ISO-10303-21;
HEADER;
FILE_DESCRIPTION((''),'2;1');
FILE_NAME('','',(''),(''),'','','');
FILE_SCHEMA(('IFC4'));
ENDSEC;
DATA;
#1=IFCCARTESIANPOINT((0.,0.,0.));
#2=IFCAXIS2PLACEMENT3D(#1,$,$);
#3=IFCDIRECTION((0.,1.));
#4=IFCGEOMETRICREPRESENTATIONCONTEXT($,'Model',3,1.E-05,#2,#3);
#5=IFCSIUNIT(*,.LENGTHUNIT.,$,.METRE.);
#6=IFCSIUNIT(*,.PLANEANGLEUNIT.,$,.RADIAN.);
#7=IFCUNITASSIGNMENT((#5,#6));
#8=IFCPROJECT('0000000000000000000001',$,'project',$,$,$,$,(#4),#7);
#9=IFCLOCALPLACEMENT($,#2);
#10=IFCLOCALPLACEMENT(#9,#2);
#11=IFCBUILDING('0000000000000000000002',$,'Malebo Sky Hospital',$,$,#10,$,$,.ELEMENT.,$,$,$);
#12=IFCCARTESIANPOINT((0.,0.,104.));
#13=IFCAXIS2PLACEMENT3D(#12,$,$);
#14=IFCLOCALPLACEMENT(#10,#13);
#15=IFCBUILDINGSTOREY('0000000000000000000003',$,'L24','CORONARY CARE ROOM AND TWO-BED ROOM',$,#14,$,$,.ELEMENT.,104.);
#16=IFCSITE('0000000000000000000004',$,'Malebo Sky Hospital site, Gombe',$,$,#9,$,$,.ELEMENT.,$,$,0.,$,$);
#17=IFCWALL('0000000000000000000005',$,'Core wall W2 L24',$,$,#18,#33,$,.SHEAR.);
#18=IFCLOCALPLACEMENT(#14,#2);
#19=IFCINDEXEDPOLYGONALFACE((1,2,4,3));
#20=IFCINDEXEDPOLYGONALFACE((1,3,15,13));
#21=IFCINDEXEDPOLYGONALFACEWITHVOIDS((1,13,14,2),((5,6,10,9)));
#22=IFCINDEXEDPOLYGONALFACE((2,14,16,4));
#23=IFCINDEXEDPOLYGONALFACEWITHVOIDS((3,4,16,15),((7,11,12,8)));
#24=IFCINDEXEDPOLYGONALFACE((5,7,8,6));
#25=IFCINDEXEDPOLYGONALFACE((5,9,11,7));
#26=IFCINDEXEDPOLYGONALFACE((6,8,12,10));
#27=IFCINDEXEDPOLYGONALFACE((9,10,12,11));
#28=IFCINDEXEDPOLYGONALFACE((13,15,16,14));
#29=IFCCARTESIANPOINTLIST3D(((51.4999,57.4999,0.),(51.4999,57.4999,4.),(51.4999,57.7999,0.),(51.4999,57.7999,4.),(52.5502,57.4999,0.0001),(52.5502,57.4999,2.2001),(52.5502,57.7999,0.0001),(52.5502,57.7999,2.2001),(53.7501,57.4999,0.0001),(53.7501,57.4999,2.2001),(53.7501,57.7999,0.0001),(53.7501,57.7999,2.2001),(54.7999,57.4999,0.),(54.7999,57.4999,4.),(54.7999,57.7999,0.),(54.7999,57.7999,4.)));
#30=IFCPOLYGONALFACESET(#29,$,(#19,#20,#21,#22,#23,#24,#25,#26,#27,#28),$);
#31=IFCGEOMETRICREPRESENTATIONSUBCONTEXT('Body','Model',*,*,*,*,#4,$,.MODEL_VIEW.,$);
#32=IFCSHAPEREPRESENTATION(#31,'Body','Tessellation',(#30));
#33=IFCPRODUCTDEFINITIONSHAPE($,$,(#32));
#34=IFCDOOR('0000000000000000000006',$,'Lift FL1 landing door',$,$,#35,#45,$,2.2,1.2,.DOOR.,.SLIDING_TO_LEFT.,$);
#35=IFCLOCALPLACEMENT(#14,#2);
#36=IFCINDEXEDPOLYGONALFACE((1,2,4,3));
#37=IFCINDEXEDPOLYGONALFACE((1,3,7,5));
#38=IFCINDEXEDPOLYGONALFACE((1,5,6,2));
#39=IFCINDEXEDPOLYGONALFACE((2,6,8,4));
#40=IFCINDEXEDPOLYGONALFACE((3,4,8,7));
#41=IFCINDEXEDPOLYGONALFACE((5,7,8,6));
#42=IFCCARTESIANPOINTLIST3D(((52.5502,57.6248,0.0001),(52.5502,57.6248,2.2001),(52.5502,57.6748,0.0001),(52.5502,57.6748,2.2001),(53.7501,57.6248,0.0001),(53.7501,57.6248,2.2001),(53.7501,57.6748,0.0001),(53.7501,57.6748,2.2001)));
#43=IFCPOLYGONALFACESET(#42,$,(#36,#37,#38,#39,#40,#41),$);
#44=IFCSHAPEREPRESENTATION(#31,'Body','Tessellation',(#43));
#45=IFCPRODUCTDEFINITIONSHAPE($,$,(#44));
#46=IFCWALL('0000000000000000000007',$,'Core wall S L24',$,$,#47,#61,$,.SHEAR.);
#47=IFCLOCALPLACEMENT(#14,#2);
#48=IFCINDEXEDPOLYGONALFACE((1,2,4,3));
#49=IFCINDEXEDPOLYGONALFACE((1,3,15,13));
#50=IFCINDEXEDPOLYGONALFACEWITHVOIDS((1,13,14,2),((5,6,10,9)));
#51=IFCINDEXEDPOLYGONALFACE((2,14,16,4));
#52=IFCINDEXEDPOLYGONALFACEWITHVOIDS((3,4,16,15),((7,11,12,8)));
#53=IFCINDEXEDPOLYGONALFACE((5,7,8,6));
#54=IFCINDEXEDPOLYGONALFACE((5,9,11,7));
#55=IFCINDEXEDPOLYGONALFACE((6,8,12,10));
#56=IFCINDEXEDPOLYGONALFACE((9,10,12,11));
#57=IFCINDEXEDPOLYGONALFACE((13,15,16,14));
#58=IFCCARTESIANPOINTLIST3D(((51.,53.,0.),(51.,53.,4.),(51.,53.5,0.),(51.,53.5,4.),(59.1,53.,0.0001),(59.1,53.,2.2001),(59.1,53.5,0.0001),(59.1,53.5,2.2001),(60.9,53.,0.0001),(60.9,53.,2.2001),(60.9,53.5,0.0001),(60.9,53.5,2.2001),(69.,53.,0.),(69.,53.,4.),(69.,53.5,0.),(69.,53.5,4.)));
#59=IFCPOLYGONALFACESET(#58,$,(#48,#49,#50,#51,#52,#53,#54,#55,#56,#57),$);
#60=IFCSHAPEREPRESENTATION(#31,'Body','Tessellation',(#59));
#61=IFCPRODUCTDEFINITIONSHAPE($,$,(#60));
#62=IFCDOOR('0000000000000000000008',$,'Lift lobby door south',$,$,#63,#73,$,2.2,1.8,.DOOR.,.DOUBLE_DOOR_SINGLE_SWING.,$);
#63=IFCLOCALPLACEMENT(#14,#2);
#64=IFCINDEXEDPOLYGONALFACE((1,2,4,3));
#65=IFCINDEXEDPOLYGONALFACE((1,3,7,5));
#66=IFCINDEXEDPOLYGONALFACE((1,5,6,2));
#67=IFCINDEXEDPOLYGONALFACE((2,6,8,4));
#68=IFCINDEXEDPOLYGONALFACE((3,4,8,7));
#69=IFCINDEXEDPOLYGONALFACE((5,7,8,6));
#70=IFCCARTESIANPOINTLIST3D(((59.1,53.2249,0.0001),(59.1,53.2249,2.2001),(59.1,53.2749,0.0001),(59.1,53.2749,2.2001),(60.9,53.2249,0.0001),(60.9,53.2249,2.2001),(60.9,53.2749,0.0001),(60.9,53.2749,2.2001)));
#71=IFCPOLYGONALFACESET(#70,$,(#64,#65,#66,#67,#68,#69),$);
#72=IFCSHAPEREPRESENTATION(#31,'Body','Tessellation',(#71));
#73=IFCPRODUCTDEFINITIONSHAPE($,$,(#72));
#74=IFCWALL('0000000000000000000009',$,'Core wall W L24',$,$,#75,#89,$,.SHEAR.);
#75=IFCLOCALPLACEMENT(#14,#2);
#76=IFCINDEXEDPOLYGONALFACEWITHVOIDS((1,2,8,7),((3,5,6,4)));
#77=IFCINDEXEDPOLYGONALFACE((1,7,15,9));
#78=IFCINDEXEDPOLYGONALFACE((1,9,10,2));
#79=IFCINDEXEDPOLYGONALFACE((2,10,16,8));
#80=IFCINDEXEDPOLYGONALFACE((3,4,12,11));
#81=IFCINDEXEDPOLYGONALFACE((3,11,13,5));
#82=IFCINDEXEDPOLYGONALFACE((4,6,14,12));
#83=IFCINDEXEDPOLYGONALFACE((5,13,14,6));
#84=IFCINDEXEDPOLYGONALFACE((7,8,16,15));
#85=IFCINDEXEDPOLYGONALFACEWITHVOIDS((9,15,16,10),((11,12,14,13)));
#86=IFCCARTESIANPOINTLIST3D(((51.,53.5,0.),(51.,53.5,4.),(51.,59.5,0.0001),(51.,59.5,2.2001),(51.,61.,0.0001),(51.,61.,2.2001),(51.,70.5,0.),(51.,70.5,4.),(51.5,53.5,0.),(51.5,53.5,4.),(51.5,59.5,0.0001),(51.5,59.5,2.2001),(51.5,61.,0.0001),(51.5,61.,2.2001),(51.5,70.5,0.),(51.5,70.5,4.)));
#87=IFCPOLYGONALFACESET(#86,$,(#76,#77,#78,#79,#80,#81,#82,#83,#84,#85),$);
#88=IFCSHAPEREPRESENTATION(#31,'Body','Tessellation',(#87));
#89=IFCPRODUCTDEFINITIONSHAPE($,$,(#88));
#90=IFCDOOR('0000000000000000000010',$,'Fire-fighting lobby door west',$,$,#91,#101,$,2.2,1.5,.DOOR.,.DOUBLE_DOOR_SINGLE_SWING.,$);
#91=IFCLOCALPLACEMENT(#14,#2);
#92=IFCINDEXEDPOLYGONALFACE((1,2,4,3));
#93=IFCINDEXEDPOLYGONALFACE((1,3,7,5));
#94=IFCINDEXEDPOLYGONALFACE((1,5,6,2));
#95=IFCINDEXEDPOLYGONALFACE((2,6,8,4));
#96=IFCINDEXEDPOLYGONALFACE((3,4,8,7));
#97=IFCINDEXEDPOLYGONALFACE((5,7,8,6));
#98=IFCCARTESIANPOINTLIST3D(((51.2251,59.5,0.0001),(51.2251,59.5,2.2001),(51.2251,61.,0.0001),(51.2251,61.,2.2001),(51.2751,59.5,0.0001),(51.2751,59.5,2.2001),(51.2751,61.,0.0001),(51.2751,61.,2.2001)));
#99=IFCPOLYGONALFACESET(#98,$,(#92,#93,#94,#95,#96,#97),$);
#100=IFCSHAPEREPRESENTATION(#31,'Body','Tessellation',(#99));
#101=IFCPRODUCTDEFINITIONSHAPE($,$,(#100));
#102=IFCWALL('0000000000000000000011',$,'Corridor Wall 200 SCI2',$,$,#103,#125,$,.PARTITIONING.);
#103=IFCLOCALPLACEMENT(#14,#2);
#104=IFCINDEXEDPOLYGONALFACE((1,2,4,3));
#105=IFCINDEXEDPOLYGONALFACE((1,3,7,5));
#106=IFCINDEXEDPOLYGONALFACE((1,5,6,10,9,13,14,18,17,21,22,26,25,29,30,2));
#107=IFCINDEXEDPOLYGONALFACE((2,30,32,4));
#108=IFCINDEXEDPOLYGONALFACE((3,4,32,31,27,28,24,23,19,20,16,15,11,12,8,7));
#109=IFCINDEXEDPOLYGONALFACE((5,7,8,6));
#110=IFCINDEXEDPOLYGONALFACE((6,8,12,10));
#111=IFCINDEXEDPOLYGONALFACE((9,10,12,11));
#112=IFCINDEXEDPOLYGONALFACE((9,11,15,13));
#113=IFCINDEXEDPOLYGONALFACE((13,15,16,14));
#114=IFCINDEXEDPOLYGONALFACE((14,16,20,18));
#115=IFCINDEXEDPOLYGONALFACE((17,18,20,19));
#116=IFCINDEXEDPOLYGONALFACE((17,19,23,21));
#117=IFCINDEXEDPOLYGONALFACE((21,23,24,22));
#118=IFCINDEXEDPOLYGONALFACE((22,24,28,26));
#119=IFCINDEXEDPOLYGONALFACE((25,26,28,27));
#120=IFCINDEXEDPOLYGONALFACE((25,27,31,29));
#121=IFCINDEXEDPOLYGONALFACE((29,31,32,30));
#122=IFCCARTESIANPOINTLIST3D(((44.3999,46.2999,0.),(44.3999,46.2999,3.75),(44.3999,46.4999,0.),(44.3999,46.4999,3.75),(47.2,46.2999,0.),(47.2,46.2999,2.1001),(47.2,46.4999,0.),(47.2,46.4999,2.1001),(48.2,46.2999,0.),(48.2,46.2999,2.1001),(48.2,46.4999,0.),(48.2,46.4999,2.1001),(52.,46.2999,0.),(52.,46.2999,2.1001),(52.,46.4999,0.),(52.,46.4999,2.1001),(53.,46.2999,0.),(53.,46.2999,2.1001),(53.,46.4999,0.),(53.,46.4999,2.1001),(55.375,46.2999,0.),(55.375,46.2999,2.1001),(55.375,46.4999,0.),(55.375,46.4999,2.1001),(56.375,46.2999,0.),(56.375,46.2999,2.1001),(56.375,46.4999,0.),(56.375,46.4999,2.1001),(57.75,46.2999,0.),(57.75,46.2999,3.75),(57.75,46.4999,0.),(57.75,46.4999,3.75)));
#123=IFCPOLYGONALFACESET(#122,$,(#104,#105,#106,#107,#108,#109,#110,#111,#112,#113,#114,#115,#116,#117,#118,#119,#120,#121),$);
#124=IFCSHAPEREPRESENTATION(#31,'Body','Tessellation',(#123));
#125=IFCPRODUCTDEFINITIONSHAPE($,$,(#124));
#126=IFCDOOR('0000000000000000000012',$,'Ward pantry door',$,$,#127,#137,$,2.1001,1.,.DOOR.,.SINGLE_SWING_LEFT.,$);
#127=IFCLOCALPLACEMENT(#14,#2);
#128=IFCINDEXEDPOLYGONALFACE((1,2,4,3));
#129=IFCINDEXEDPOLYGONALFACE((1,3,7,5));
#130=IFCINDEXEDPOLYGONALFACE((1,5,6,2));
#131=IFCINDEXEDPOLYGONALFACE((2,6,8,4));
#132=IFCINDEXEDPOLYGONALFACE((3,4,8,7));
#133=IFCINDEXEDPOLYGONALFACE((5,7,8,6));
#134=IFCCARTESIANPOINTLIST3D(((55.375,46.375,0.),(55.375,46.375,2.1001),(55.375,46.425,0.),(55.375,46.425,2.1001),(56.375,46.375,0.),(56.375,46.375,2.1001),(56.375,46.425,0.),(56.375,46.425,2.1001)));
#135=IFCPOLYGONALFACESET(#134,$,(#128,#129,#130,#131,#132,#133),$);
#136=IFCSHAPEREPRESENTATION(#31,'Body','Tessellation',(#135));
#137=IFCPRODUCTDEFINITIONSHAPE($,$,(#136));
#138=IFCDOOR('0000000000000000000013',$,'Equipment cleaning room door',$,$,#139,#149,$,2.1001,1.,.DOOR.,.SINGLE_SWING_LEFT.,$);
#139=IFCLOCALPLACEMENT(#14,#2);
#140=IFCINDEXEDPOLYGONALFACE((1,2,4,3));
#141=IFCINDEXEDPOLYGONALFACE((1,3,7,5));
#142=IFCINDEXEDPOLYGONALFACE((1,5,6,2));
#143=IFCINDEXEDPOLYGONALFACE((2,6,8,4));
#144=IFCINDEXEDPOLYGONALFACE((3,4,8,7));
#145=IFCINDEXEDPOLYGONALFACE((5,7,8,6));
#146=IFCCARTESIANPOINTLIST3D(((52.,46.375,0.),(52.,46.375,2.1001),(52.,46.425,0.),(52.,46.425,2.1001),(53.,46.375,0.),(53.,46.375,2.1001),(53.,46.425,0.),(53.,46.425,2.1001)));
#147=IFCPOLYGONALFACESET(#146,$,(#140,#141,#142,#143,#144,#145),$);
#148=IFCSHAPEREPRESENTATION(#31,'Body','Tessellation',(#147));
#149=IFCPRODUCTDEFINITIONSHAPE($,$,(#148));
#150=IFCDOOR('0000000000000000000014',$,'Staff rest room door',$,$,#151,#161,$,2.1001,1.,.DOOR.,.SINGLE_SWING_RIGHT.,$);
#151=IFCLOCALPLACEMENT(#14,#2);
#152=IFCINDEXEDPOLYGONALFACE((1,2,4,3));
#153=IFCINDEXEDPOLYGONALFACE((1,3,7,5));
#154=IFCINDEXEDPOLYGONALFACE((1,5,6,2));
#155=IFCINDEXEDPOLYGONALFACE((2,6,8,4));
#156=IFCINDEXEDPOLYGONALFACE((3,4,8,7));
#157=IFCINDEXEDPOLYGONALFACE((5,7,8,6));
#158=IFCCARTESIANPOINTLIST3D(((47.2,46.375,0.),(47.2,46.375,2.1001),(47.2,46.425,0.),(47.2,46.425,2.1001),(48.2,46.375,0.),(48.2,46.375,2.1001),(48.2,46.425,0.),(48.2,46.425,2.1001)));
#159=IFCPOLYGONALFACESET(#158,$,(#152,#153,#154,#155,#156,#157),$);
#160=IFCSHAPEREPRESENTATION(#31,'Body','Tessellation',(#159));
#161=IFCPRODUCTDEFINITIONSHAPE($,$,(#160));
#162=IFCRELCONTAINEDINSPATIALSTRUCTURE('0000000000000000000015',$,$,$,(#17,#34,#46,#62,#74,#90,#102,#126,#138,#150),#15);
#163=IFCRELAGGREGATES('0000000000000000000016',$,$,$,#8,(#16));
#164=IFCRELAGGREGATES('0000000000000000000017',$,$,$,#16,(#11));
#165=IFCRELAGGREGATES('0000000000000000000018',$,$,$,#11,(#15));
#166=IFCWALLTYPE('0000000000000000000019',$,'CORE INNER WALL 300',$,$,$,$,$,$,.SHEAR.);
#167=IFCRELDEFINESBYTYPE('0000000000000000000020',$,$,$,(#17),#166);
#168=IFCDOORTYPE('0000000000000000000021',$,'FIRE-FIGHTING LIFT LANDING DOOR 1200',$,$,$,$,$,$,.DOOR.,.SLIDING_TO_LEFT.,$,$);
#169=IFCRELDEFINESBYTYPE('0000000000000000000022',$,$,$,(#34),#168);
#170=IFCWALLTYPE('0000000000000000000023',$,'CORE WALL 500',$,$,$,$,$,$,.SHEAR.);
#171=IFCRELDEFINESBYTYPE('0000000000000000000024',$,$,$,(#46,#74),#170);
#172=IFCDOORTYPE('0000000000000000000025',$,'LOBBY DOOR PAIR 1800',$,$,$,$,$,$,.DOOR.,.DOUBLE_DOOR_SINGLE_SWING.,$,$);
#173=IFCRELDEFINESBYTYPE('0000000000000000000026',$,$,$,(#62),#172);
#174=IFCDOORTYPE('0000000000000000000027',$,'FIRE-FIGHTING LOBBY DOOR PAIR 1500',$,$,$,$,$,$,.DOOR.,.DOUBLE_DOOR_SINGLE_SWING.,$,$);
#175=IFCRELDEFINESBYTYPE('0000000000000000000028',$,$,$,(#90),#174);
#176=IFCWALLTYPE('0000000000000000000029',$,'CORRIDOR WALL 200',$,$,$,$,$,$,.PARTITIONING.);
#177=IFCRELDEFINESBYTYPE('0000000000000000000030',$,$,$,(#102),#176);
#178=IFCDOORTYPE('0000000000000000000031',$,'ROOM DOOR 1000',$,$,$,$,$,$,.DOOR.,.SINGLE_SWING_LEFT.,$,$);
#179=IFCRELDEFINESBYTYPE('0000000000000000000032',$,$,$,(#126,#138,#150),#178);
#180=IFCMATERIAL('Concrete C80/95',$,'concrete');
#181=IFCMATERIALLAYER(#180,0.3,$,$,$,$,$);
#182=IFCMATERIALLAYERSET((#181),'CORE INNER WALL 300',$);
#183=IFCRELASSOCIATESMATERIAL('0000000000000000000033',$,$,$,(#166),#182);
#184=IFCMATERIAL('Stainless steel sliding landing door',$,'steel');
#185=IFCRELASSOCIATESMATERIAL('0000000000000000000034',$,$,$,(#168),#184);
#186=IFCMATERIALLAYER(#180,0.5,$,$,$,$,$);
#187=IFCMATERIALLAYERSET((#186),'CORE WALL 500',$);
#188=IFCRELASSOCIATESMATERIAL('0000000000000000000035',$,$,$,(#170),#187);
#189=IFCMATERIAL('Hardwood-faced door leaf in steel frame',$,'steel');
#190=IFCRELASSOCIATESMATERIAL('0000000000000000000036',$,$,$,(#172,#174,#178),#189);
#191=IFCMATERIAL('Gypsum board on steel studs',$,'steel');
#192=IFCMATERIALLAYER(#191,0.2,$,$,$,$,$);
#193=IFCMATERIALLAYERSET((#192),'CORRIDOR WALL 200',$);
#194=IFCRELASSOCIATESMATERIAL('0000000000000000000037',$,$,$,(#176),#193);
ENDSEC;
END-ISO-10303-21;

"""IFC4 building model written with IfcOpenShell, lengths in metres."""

from ifc_helpers import new_model, si_unit, direction, frame, frame_2d, origin, place, context, subcontext, project, spatial, rectangle, extrude, material, layer, layer_set, type_object, element, fill, save


model = new_model("IFC4")

# Units and contexts
model_context = context("Model", 3, precision=1e-05, world=origin(), true_north=direction((0.0, 1.0)))
body_context = subcontext(model_context, "Body", "Model", "MODEL_VIEW")
ifc_project = project(units=[si_unit("LENGTHUNIT", "METRE"), si_unit("PLANEANGLEUNIT", "RADIAN")], contexts=[model_context])

# Site, building, storey
site_placement = place(None, origin())
site = spatial("IfcSite", under=ifc_project, at=site_placement, Name="Malebo Sky Hospital site, Gombe", CompositionType="ELEMENT", RefElevation=0.0)
building_placement = place(site_placement, origin())
building = spatial("IfcBuilding", under=site, at=building_placement, Name="Malebo Sky Hospital", CompositionType="ELEMENT")
storey_placement = place(building_placement, frame((0.0, 0.0, 104.0)))
storey = spatial("IfcBuildingStorey", under=building, at=storey_placement, Name="L24", Description="CORONARY CARE ROOM AND TWO-BED ROOM", CompositionType="ELEMENT", Elevation=104.0)

# Shared definitions
ifc_material_1 = material(Name="Concrete C80/95", Category="concrete")
ifc_material_2 = material(Name="Stainless steel sliding landing door", Category="steel")

# Shared definitions
ifc_layer_1 = layer(ifc_material_1, 0.3)
ifc_layer_set_1 = layer_set([ifc_layer_1], Name="CORE INNER WALL 300")
wall_type_1 = type_object("IfcWallType", Name="CORE INNER WALL 300", PredefinedType="SHEAR", material=ifc_layer_set_1)

# Walls, openings, doors
wall_1_placement = place(storey_placement, frame((51.5, 57.6499, 0.0), z_axis=(0.0, 0.0, 1.0), x_axis=(1.0, 0.0, 0.0)))
wall_1 = element("IfcWall", 1, at=wall_1_placement, inside=storey, type_object=wall_type_1, Name="Core wall W2 L24", PredefinedType="SHEAR", context=body_context, shape_type="SweptSolid", body=[
    extrude(rectangle(XDim=3.3, YDim=0.3, at=frame_2d((1.6499, 0.0))), origin(), (0.0, 0.0, 1.0), 4.0),
])
opening_1_placement = place(wall_1_placement, frame((1.05, 0.0, 0.0)))
opening_1 = element("IfcOpeningElement", 2, at=opening_1_placement, cuts=wall_1, PredefinedType="OPENING", context=body_context, shape_type="SweptSolid", body=[
    extrude(rectangle(XDim=1.2, YDim=2.2, at=frame_2d((0.6001, 1.1001))), frame((0.0, 0.1599, 0.0), z_axis=(0.0, -1.0, 0.0), x_axis=(1.0, 0.0, 0.0)), (0.0, 0.0, 1.0), 0.3201),
])
door_type_1 = type_object("IfcDoorType", Name="FIRE-FIGHTING LIFT LANDING DOOR 1200", OperationType="SLIDING_TO_LEFT", PredefinedType="DOOR", material=ifc_material_2)
door_1_placement = place(opening_1_placement, origin())
door_1 = element("IfcDoor", 3, at=door_1_placement, inside=storey, type_object=door_type_1, Name="Lift FL1 landing door", OperationType="SLIDING_TO_LEFT", OverallHeight=2.2, OverallWidth=1.2, PredefinedType="DOOR", context=body_context, shape_type="SweptSolid", body=[
    extrude(rectangle(XDim=1.2, YDim=2.2, at=frame_2d((0.6001, 1.1001))), frame((0.0, 0.0249, 0.0), z_axis=(0.0, -1.0, 0.0), x_axis=(1.0, 0.0, 0.0)), (0.0, 0.0, 1.0), 0.05),
])
fill(opening_1, door_1)
ifc_layer_2 = layer(ifc_material_1, 0.5)
ifc_layer_set_2 = layer_set([ifc_layer_2], Name="CORE WALL 500")
wall_type_2 = type_object("IfcWallType", Name="CORE WALL 500", PredefinedType="SHEAR", material=ifc_layer_set_2)
wall_2_placement = place(storey_placement, frame((51.0, 53.25, 0.0), z_axis=(0.0, 0.0, 1.0), x_axis=(1.0, 0.0, 0.0)))
wall_2 = element("IfcWall", 4, at=wall_2_placement, inside=storey, type_object=wall_type_2, Name="Core wall S L24", PredefinedType="SHEAR", context=body_context, shape_type="SweptSolid", body=[
    extrude(rectangle(XDim=18.0, YDim=0.5, at=frame_2d((9.0, 0.0))), origin(), (0.0, 0.0, 1.0), 4.0),
])
opening_2_placement = place(wall_2_placement, frame((8.1001, 0.0, 0.0)))
opening_2 = element("IfcOpeningElement", 5, at=opening_2_placement, cuts=wall_2, PredefinedType="OPENING", context=body_context, shape_type="SweptSolid", body=[
    extrude(rectangle(XDim=1.8, YDim=2.2, at=frame_2d((0.8999, 1.1001))), frame((0.0, 0.26, 0.0), z_axis=(0.0, -1.0, 0.0), x_axis=(1.0, 0.0, 0.0)), (0.0, 0.0, 1.0), 0.52),
])
ifc_material_3 = material(Name="Hardwood-faced door leaf in steel frame", Category="steel")
door_type_2 = type_object("IfcDoorType", Name="LOBBY DOOR PAIR 1800", OperationType="DOUBLE_DOOR_SINGLE_SWING", PredefinedType="DOOR", material=ifc_material_3)
door_2_placement = place(opening_2_placement, origin())
door_2 = element("IfcDoor", 6, at=door_2_placement, inside=storey, type_object=door_type_2, Name="Lift lobby door south", OperationType="DOUBLE_DOOR_SINGLE_SWING", OverallHeight=2.2, OverallWidth=1.8, PredefinedType="DOOR", context=body_context, shape_type="SweptSolid", body=[
    extrude(rectangle(XDim=1.8, YDim=2.2, at=frame_2d((0.8999, 1.1001))), frame((0.0, 0.0249, 0.0), z_axis=(0.0, -1.0, 0.0), x_axis=(1.0, 0.0, 0.0)), (0.0, 0.0, 1.0), 0.05),
])
fill(opening_2, door_2)
wall_3_placement = place(storey_placement, frame((51.25, 53.5, 0.0), z_axis=(0.0, 0.0, 1.0), x_axis=(0.0, 1.0, 0.0)))
wall_3 = element("IfcWall", 7, at=wall_3_placement, inside=storey, type_object=wall_type_2, Name="Core wall W L24", PredefinedType="SHEAR", context=body_context, shape_type="SweptSolid", body=[
    extrude(rectangle(XDim=17.0, YDim=0.5, at=frame_2d((8.5, 0.0))), origin(), (0.0, 0.0, 1.0), 4.0),
])
opening_3_placement = place(wall_3_placement, frame((6.0, 0.0, 0.0)))
opening_3 = element("IfcOpeningElement", 8, at=opening_3_placement, cuts=wall_3, PredefinedType="OPENING", context=body_context, shape_type="SweptSolid", body=[
    extrude(rectangle(XDim=1.5, YDim=2.2, at=frame_2d((0.75, 1.1001))), frame((0.0, 0.26, 0.0), z_axis=(0.0, -1.0, 0.0), x_axis=(1.0, 0.0, 0.0)), (0.0, 0.0, 1.0), 0.52),
])
door_type_3 = type_object("IfcDoorType", Name="FIRE-FIGHTING LOBBY DOOR PAIR 1500", OperationType="DOUBLE_DOOR_SINGLE_SWING", PredefinedType="DOOR", material=ifc_material_3)
door_3_placement = place(opening_3_placement, origin())
door_3 = element("IfcDoor", 9, at=door_3_placement, inside=storey, type_object=door_type_3, Name="Fire-fighting lobby door west", OperationType="DOUBLE_DOOR_SINGLE_SWING", OverallHeight=2.2, OverallWidth=1.5, PredefinedType="DOOR", context=body_context, shape_type="SweptSolid", body=[
    extrude(rectangle(XDim=1.5, YDim=2.2, at=frame_2d((0.75, 1.1001))), frame((0.0, 0.0249, 0.0), z_axis=(0.0, -1.0, 0.0), x_axis=(1.0, 0.0, 0.0)), (0.0, 0.0, 1.0), 0.05),
])
fill(opening_3, door_3)

# Wall, openings, doors
ifc_material_4 = material(Name="Gypsum board on steel studs", Category="steel")
ifc_layer_3 = layer(ifc_material_4, 0.2)
ifc_layer_set_3 = layer_set([ifc_layer_3], Name="CORRIDOR WALL 200")
wall_type_3 = type_object("IfcWallType", Name="CORRIDOR WALL 200", PredefinedType="PARTITIONING", material=ifc_layer_set_3)
wall_4_placement = place(storey_placement, frame((57.75, 46.3999, 0.0), z_axis=(0.0, 0.0, 1.0), x_axis=(-1.0, 0.0, 0.0)))
wall_4 = element("IfcWall", 10, at=wall_4_placement, inside=storey, type_object=wall_type_3, Name="Corridor Wall 200 SCI2", PredefinedType="PARTITIONING", context=body_context, shape_type="SweptSolid", body=[
    extrude(rectangle(XDim=13.3501, YDim=0.2, at=frame_2d((6.675, 0.0))), origin(), (0.0, 0.0, 1.0), 3.75),
])
opening_4_placement = place(wall_4_placement, frame((1.375, 0.0, 0.0)))
opening_4 = element("IfcOpeningElement", 11, at=opening_4_placement, cuts=wall_4, PredefinedType="OPENING", context=body_context, shape_type="SweptSolid", body=[
    extrude(rectangle(XDim=1.0, YDim=2.1001, at=frame_2d((0.5, 1.05))), frame((0.0, 0.1099, 0.0), z_axis=(0.0, -1.0, 0.0), x_axis=(1.0, 0.0, 0.0)), (0.0, 0.0, 1.0), 0.22),
])
opening_5_placement = place(wall_4_placement, frame((4.75, 0.0, 0.0)))
opening_5 = element("IfcOpeningElement", 12, at=opening_5_placement, cuts=wall_4, PredefinedType="OPENING", context=body_context, shape_type="SweptSolid", body=[
    extrude(rectangle(XDim=1.0, YDim=2.1001, at=frame_2d((0.5, 1.05))), frame((0.0, 0.1099, 0.0), z_axis=(0.0, -1.0, 0.0), x_axis=(1.0, 0.0, 0.0)), (0.0, 0.0, 1.0), 0.22),
])
opening_6_placement = place(wall_4_placement, frame((9.55, 0.0, 0.0)))
opening_6 = element("IfcOpeningElement", 13, at=opening_6_placement, cuts=wall_4, PredefinedType="OPENING", context=body_context, shape_type="SweptSolid", body=[
    extrude(rectangle(XDim=1.0, YDim=2.1001, at=frame_2d((0.5, 1.05))), frame((0.0, 0.1099, 0.0), z_axis=(0.0, -1.0, 0.0), x_axis=(1.0, 0.0, 0.0)), (0.0, 0.0, 1.0), 0.22),
])
door_type_4 = type_object("IfcDoorType", Name="ROOM DOOR 1000", OperationType="SINGLE_SWING_LEFT", PredefinedType="DOOR", material=ifc_material_3)
door_4_placement = place(opening_4_placement, origin())
door_4 = element("IfcDoor", 14, at=door_4_placement, inside=storey, type_object=door_type_4, Name="Ward pantry door", OperationType="SINGLE_SWING_LEFT", OverallHeight=2.1001, OverallWidth=1.0, PredefinedType="DOOR", context=body_context, shape_type="SweptSolid", body=[
    extrude(rectangle(XDim=1.0, YDim=2.1001, at=frame_2d((0.5, 1.05))), frame((0.0, 0.0249, 0.0), z_axis=(0.0, -1.0, 0.0), x_axis=(1.0, 0.0, 0.0)), (0.0, 0.0, 1.0), 0.05),
])
fill(opening_4, door_4)
door_5_placement = place(opening_5_placement, origin())
door_5 = element("IfcDoor", 15, at=door_5_placement, inside=storey, type_object=door_type_4, Name="Equipment cleaning room door", OperationType="SINGLE_SWING_LEFT", OverallHeight=2.1001, OverallWidth=1.0, PredefinedType="DOOR", context=body_context, shape_type="SweptSolid", body=[
    extrude(rectangle(XDim=1.0, YDim=2.1001, at=frame_2d((0.5, 1.05))), frame((0.0, 0.0249, 0.0), z_axis=(0.0, -1.0, 0.0), x_axis=(1.0, 0.0, 0.0)), (0.0, 0.0, 1.0), 0.05),
])
fill(opening_5, door_5)
door_6_placement = place(opening_6_placement, origin())
door_6 = element("IfcDoor", 16, at=door_6_placement, inside=storey, type_object=door_type_4, Name="Staff rest room door", OperationType="SINGLE_SWING_RIGHT", OverallHeight=2.1001, OverallWidth=1.0, PredefinedType="DOOR", context=body_context, shape_type="SweptSolid", body=[
    extrude(rectangle(XDim=1.0, YDim=2.1001, at=frame_2d((0.5, 1.05))), frame((0.0, 0.0249, 0.0), z_axis=(0.0, -1.0, 0.0), x_axis=(1.0, 0.0, 0.0)), (0.0, 0.0, 1.0), 0.05),
])
fill(opening_6, door_6)

save(model, "model.ifc")
